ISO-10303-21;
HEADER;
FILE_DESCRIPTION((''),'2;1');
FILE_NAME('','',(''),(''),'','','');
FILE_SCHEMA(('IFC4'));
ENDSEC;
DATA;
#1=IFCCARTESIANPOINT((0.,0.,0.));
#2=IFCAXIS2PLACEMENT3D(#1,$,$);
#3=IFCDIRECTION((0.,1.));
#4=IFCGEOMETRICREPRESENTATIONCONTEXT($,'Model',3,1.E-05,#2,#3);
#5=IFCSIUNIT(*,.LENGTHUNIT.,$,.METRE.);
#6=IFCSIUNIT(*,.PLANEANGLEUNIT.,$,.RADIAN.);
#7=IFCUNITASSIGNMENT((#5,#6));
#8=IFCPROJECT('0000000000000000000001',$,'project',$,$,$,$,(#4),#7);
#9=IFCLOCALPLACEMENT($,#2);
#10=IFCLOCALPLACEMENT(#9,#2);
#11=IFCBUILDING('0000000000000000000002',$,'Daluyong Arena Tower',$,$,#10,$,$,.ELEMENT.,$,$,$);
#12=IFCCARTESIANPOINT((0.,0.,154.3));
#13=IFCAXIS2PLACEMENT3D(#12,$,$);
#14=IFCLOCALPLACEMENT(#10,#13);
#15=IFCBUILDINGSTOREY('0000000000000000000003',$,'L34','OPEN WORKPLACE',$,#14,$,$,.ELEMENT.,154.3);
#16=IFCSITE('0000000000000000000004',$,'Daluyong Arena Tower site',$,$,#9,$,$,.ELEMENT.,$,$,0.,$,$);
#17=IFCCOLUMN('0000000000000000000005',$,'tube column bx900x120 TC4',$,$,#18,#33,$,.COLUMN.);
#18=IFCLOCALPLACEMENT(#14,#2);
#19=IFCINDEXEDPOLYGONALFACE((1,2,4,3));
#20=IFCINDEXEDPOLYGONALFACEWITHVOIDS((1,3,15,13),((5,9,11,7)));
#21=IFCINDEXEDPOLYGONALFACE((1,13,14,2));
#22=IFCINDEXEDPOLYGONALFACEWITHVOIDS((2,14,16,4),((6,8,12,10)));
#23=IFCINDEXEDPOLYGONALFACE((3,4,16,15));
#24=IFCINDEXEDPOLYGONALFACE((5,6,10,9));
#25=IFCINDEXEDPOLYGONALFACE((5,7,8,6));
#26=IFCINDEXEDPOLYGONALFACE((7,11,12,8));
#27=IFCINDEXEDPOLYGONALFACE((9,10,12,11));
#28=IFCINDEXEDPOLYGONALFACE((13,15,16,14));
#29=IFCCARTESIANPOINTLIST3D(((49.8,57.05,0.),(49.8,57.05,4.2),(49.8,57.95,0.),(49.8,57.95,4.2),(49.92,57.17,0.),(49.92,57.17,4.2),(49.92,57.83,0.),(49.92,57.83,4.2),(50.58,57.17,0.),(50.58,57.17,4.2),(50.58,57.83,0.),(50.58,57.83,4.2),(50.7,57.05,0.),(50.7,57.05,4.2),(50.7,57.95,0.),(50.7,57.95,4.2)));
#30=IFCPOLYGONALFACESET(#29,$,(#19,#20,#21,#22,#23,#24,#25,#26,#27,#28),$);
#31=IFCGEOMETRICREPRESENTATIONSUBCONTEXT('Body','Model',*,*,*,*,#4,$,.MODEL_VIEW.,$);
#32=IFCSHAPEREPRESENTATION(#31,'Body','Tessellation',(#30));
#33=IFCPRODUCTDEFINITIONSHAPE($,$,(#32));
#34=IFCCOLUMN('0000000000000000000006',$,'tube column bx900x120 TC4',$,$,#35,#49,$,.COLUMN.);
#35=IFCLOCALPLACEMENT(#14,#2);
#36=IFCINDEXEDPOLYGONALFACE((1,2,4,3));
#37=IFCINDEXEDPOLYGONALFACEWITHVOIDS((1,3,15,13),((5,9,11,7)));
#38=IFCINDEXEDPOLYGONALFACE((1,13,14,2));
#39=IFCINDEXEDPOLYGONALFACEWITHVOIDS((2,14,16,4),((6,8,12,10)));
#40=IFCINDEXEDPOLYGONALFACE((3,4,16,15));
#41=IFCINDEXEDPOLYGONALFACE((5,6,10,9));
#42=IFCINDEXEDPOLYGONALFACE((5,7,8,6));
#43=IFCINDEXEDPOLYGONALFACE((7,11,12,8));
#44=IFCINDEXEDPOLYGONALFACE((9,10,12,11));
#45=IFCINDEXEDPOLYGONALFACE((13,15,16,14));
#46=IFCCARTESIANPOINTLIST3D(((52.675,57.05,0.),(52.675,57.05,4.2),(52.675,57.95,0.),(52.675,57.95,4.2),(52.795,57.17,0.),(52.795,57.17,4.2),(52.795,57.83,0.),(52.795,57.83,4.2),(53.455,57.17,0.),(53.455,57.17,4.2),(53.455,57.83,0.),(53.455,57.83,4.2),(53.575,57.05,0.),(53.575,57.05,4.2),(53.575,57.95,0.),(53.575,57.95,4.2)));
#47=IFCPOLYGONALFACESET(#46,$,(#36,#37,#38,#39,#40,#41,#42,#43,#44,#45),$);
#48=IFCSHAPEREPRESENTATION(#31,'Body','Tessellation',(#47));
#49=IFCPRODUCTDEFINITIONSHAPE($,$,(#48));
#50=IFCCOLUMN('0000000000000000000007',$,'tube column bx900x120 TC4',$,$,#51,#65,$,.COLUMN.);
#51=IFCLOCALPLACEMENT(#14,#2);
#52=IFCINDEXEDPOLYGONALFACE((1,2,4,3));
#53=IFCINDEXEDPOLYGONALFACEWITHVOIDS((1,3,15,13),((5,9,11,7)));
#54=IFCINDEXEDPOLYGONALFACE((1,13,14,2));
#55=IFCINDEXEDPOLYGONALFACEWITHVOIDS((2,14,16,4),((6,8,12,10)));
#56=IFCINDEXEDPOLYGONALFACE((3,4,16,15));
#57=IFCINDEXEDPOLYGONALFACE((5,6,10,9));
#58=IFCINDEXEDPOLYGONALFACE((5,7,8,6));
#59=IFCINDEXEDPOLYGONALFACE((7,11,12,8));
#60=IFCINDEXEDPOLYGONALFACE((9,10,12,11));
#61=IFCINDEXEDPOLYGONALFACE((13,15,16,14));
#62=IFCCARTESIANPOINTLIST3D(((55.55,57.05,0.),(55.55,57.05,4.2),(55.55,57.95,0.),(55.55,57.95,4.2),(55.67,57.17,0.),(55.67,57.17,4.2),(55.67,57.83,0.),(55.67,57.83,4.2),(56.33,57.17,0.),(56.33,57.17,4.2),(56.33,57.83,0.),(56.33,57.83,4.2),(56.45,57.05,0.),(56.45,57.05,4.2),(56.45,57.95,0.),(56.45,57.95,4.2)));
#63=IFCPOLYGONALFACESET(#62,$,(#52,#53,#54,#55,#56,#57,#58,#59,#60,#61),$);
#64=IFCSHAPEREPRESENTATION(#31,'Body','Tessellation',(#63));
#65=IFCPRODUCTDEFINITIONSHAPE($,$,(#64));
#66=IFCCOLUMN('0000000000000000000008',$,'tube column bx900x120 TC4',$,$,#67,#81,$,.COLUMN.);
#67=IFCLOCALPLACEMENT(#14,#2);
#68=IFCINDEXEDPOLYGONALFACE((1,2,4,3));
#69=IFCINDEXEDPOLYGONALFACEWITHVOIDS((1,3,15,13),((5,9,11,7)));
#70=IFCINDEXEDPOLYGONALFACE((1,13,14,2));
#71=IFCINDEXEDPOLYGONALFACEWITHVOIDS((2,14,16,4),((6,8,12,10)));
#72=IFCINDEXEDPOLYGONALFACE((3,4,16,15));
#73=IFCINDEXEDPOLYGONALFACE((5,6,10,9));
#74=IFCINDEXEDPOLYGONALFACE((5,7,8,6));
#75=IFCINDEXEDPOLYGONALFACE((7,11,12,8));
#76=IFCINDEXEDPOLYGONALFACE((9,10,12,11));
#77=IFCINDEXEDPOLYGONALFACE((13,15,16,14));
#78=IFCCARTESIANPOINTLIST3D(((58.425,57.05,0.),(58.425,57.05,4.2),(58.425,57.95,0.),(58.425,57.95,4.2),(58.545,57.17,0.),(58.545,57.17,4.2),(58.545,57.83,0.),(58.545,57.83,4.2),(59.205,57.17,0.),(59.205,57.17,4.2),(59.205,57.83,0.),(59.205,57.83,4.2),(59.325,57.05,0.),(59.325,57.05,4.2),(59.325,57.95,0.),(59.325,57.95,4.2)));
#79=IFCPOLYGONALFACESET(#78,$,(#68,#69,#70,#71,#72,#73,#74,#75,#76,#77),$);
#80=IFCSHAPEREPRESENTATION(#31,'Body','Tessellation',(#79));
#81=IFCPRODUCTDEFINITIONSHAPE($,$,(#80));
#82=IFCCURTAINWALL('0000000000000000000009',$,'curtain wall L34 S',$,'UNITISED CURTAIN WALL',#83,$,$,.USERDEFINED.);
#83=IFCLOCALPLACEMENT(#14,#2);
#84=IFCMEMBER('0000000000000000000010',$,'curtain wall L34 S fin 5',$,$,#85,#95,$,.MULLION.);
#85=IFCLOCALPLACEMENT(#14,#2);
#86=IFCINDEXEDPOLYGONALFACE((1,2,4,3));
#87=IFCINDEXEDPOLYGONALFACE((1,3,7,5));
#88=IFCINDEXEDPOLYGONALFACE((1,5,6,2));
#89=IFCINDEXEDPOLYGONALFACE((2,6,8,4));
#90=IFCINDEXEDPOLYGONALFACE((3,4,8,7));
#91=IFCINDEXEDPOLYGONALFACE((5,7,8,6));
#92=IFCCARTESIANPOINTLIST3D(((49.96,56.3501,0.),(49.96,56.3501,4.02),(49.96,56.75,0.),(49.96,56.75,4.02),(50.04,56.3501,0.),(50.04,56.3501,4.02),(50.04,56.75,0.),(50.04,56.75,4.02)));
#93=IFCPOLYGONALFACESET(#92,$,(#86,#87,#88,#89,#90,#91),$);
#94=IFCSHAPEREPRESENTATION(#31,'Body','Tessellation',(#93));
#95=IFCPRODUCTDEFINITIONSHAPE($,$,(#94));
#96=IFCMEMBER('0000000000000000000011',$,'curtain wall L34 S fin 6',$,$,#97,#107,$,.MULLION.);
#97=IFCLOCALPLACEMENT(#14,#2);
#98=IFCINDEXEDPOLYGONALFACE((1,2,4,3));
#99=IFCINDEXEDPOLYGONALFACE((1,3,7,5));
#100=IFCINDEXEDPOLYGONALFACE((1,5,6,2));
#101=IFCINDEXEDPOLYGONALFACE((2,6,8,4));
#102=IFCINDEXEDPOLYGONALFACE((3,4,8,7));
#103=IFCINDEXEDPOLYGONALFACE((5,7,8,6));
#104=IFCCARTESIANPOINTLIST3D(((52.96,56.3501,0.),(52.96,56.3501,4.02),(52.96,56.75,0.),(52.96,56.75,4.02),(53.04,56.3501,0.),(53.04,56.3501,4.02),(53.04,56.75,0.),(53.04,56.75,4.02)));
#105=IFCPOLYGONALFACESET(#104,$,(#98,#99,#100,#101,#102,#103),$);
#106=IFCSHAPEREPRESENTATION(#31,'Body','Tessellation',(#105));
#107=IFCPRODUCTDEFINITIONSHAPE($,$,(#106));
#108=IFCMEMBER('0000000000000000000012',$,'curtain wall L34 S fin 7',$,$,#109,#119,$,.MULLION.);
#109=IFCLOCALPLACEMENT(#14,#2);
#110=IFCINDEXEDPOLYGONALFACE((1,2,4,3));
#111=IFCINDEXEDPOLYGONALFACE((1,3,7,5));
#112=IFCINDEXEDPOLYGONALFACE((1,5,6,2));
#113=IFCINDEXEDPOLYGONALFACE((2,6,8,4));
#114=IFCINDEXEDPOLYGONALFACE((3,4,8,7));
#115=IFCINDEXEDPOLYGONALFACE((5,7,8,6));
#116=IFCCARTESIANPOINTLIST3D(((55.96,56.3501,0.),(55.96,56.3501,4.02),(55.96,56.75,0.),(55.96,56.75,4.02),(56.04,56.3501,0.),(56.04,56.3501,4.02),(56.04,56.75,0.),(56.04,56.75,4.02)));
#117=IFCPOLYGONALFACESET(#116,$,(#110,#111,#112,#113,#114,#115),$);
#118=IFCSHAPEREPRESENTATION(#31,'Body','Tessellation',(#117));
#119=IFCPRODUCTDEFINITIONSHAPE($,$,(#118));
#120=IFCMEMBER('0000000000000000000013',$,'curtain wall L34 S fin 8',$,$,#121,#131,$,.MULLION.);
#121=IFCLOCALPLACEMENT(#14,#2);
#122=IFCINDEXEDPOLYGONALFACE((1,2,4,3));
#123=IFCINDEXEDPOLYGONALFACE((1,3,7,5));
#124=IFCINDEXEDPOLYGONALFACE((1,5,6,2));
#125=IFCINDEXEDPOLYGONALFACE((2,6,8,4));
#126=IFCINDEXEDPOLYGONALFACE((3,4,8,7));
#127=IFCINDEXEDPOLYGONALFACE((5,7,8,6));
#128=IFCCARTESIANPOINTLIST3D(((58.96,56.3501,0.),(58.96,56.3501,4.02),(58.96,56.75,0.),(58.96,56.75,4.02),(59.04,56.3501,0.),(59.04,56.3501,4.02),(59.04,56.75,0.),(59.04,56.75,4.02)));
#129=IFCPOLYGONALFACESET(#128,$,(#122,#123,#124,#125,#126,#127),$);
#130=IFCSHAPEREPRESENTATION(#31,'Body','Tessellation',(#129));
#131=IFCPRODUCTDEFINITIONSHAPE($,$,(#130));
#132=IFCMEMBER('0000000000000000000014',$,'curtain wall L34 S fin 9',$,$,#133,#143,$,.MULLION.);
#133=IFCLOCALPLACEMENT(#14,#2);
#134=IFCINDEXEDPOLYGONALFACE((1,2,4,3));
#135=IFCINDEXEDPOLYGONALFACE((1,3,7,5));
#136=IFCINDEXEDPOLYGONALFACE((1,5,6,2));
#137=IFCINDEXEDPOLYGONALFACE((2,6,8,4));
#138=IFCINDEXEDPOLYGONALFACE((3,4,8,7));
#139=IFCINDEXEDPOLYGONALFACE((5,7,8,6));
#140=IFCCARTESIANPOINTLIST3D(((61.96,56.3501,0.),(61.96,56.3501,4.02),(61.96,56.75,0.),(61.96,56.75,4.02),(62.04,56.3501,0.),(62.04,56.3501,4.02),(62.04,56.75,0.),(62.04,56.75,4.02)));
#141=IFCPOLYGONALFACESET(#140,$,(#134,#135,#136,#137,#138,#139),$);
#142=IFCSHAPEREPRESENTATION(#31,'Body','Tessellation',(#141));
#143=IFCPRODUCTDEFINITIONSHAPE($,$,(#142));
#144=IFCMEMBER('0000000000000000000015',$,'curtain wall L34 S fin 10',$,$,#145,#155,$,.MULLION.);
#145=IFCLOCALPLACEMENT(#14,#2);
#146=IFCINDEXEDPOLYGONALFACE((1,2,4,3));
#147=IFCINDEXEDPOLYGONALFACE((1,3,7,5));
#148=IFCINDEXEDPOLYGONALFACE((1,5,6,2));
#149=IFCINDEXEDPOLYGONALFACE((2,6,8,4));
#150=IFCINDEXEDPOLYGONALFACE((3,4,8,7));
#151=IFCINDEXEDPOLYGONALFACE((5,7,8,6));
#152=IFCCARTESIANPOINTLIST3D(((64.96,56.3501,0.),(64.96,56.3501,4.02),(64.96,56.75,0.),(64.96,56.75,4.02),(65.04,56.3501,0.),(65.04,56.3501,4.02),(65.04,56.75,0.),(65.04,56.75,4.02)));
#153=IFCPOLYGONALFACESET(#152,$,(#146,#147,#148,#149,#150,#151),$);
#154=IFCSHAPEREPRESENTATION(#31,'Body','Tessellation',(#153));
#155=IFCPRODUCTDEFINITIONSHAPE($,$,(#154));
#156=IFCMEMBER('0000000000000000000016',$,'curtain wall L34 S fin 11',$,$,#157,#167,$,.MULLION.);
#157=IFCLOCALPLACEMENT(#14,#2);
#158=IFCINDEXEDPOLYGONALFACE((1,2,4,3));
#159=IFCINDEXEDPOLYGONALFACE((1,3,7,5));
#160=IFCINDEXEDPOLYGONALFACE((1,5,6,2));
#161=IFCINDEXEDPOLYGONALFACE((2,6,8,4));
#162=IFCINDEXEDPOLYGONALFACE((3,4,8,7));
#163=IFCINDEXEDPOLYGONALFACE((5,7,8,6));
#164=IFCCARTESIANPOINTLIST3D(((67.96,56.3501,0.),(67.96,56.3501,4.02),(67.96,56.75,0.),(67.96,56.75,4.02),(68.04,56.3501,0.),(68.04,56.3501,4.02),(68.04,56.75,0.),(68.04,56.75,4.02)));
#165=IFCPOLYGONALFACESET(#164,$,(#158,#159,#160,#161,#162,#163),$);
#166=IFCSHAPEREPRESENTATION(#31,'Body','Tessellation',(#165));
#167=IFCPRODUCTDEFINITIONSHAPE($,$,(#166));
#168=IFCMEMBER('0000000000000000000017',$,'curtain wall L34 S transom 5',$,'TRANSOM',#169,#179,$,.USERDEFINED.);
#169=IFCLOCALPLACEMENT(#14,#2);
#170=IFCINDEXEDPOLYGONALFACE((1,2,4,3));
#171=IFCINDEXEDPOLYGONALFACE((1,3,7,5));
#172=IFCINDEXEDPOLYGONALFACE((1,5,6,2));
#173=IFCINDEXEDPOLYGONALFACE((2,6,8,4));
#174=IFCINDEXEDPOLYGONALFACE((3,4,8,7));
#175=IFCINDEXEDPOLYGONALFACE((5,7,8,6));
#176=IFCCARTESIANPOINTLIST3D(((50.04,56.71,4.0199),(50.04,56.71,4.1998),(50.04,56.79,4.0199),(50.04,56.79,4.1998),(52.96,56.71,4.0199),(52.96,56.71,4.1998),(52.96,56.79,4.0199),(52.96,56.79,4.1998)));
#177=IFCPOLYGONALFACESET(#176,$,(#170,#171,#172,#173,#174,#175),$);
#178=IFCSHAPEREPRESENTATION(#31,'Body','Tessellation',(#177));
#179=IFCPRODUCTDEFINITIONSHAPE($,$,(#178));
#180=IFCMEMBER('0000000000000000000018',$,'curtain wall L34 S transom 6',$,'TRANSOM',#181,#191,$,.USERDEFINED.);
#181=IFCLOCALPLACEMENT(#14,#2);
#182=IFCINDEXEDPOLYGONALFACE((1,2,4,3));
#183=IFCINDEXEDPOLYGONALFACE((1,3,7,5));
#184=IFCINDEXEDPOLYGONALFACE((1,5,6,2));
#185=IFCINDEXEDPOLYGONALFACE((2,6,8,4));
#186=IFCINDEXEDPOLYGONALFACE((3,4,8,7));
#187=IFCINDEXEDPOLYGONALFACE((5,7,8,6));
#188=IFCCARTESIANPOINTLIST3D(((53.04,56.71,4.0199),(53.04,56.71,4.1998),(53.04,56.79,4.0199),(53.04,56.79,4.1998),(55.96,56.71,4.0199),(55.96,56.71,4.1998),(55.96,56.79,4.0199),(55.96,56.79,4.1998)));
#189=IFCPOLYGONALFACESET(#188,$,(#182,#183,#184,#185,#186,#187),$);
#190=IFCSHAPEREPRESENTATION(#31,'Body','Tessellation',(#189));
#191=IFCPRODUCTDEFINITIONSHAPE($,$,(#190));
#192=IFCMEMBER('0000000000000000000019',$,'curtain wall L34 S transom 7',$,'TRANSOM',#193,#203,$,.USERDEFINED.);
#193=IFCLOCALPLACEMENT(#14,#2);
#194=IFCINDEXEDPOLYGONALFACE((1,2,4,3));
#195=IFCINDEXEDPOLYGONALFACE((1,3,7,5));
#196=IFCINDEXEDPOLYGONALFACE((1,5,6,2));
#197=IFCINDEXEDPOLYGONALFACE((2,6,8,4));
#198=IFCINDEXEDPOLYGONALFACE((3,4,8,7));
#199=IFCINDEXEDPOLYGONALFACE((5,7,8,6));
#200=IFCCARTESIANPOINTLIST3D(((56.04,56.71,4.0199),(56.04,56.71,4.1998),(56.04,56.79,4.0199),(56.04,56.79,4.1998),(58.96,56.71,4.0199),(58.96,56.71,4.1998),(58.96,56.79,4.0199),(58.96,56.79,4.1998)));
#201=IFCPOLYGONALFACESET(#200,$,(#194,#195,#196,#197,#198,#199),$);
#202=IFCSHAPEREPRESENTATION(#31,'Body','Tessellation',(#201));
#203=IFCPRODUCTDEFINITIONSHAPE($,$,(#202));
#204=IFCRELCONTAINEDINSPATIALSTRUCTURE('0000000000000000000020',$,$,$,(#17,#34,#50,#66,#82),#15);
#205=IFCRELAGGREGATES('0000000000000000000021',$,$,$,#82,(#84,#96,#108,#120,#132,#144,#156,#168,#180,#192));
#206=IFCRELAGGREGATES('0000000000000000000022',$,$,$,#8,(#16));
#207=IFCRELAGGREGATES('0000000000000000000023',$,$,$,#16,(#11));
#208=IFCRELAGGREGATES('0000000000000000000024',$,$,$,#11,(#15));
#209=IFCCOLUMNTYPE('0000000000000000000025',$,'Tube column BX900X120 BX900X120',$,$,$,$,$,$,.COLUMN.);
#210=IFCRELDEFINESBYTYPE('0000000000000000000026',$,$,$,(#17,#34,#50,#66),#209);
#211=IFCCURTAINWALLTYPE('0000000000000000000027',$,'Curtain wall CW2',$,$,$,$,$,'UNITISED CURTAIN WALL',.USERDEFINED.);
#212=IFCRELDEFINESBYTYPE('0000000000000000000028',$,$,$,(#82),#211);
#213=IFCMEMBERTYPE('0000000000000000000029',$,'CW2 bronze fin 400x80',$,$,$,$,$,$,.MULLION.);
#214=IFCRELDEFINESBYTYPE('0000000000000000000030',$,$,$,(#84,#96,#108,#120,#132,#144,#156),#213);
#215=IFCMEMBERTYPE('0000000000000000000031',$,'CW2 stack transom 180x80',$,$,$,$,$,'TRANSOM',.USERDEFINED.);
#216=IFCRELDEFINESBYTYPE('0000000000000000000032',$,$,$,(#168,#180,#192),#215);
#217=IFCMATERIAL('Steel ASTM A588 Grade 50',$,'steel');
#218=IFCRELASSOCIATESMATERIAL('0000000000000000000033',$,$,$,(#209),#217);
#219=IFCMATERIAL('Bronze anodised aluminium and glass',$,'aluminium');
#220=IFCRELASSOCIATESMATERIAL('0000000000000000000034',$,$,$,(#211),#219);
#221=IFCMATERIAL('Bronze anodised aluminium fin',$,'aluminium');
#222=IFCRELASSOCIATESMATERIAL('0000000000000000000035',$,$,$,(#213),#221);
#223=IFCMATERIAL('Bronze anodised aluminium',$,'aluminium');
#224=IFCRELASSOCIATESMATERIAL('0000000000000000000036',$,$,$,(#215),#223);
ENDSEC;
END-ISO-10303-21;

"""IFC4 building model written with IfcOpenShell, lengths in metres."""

from ifc_helpers import new_model, si_unit, direction, frame, origin, origin_2d, place, context, subcontext, project, spatial, rectangle, hollow_rectangle, extrude, material, material_profile, profile_set, type_object, element, aggregate, save


model = new_model("IFC4")

# Units and contexts
model_context = context("Model", 3, precision=1e-05, world=origin(), true_north=direction((0.0, 1.0)))
body_context = subcontext(model_context, "Body", "Model", "MODEL_VIEW")
ifc_project = project(units=[si_unit("LENGTHUNIT", "METRE"), si_unit("PLANEANGLEUNIT", "RADIAN")], contexts=[model_context])

# Site, building, storey
site_placement = place(None, origin())
site = spatial("IfcSite", under=ifc_project, at=site_placement, Name="Daluyong Arena Tower site", CompositionType="ELEMENT", RefElevation=0.0)
building_placement = place(site_placement, origin())
building = spatial("IfcBuilding", under=site, at=building_placement, Name="Daluyong Arena Tower", CompositionType="ELEMENT")
storey_placement = place(building_placement, frame((0.0, 0.0, 154.3)))
storey = spatial("IfcBuildingStorey", under=building, at=storey_placement, Name="L34", Description="OPEN WORKPLACE", CompositionType="ELEMENT", Elevation=154.3)

# Columns
ifc_material_1 = material(Name="Steel ASTM A588 Grade 50", Category="steel")
ifc_material_profile_1 = material_profile(ifc_material_1, hollow_rectangle(XDim=0.8999, YDim=0.8999, WallThickness=0.12, at=origin_2d()))
ifc_profile_set_1 = profile_set([ifc_material_profile_1], Name="Steel ASTM A588 Grade 50")
column_type = type_object("IfcColumnType", Name="Tube column BX900X120 BX900X120", PredefinedType="COLUMN", material=ifc_profile_set_1)
for number, where, z_axis, x_axis, name in (
    (1, (50.25, 57.5, 0.0), (0.0, 0.0, 1.0), (1.0, 0.0, 0.0), "tube column bx900x120 TC4"),
    (2, (53.125, 57.5, 0.0), (0.0, 0.0, 1.0), (1.0, 0.0, 0.0), "tube column bx900x120 TC4"),
    (3, (56.0, 57.5, 0.0), (0.0, 0.0, 1.0), (1.0, 0.0, 0.0), "tube column bx900x120 TC4"),
    (4, (58.875, 57.5, 0.0), (0.0, 0.0, 1.0), (1.0, 0.0, 0.0), "tube column bx900x120 TC4"),
):
    element("IfcColumn", number, at=place(storey_placement, frame(where, z_axis=z_axis, x_axis=x_axis)), inside=storey, type_object=column_type, Name=name, PredefinedType="COLUMN", context=body_context, shape_type="SweptSolid", body=[
        extrude(hollow_rectangle(XDim=0.8999, YDim=0.8999, WallThickness=0.12, at=origin_2d()), origin(), (0.0, 0.0, 1.0), 4.2),
    ])

# Curtain wall, members
ifc_material_2 = material(Name="Bronze anodised aluminium and glass", Category="aluminium")
curtain_wall_type = type_object("IfcCurtainWallType", Name="Curtain wall CW2", ElementType="UNITISED CURTAIN WALL", PredefinedType="USERDEFINED", material=ifc_material_2)
curtain_wall_placement = place(storey_placement, origin())
curtain_wall = element("IfcCurtainWall", 5, at=curtain_wall_placement, inside=storey, type_object=curtain_wall_type, Name="curtain wall L34 S", ObjectType="UNITISED CURTAIN WALL", PredefinedType="USERDEFINED")
ifc_material_3 = material(Name="Bronze anodised aluminium fin", Category="aluminium")
ifc_material_profile_2 = material_profile(ifc_material_3, rectangle(XDim=0.3999, YDim=0.0801, at=origin_2d()))
ifc_profile_set_2 = profile_set([ifc_material_profile_2], Name="Bronze anodised aluminium fin")
member_type_1 = type_object("IfcMemberType", Name="CW2 bronze fin 400x80", PredefinedType="MULLION", material=ifc_profile_set_2)
member_1_placement = place(storey_placement, frame((50.0, 56.55, 0.0), z_axis=(0.0, 0.0, 1.0), x_axis=(0.0, 1.0, 0.0)))
member_1 = element("IfcMember", 6, at=member_1_placement, type_object=member_type_1, Name="curtain wall L34 S fin 5", PredefinedType="MULLION", context=body_context, shape_type="SweptSolid", body=[
    extrude(rectangle(XDim=0.3999, YDim=0.0801, at=origin_2d()), origin(), (0.0, 0.0, 1.0), 4.02),
])
member_2_placement = place(storey_placement, frame((53.0, 56.55, 0.0), z_axis=(0.0, 0.0, 1.0), x_axis=(0.0, 1.0, 0.0)))
member_2 = element("IfcMember", 7, at=member_2_placement, type_object=member_type_1, Name="curtain wall L34 S fin 6", PredefinedType="MULLION", context=body_context, shape_type="SweptSolid", body=[
    extrude(rectangle(XDim=0.3999, YDim=0.0801, at=origin_2d()), origin(), (0.0, 0.0, 1.0), 4.02),
])
member_3_placement = place(storey_placement, frame((56.0, 56.55, 0.0), z_axis=(0.0, 0.0, 1.0), x_axis=(0.0, 1.0, 0.0)))
member_3 = element("IfcMember", 8, at=member_3_placement, type_object=member_type_1, Name="curtain wall L34 S fin 7", PredefinedType="MULLION", context=body_context, shape_type="SweptSolid", body=[
    extrude(rectangle(XDim=0.3999, YDim=0.0801, at=origin_2d()), origin(), (0.0, 0.0, 1.0), 4.02),
])
member_4_placement = place(storey_placement, frame((59.0, 56.55, 0.0), z_axis=(0.0, 0.0, 1.0), x_axis=(0.0, 1.0, 0.0)))
member_4 = element("IfcMember", 9, at=member_4_placement, type_object=member_type_1, Name="curtain wall L34 S fin 8", PredefinedType="MULLION", context=body_context, shape_type="SweptSolid", body=[
    extrude(rectangle(XDim=0.3999, YDim=0.0801, at=origin_2d()), origin(), (0.0, 0.0, 1.0), 4.02),
])
member_5_placement = place(storey_placement, frame((62.0, 56.55, 0.0), z_axis=(0.0, 0.0, 1.0), x_axis=(0.0, 1.0, 0.0)))
member_5 = element("IfcMember", 10, at=member_5_placement, type_object=member_type_1, Name="curtain wall L34 S fin 9", PredefinedType="MULLION", context=body_context, shape_type="SweptSolid", body=[
    extrude(rectangle(XDim=0.3999, YDim=0.0801, at=origin_2d()), origin(), (0.0, 0.0, 1.0), 4.02),
])
member_6_placement = place(storey_placement, frame((65.0, 56.55, 0.0), z_axis=(0.0, 0.0, 1.0), x_axis=(0.0, 1.0, 0.0)))
member_6 = element("IfcMember", 11, at=member_6_placement, type_object=member_type_1, Name="curtain wall L34 S fin 10", PredefinedType="MULLION", context=body_context, shape_type="SweptSolid", body=[
    extrude(rectangle(XDim=0.3999, YDim=0.0801, at=origin_2d()), origin(), (0.0, 0.0, 1.0), 4.02),
])
member_7_placement = place(storey_placement, frame((68.0, 56.55, 0.0), z_axis=(0.0, 0.0, 1.0), x_axis=(0.0, 1.0, 0.0)))
member_7 = element("IfcMember", 12, at=member_7_placement, type_object=member_type_1, Name="curtain wall L34 S fin 11", PredefinedType="MULLION", context=body_context, shape_type="SweptSolid", body=[
    extrude(rectangle(XDim=0.3999, YDim=0.0801, at=origin_2d()), origin(), (0.0, 0.0, 1.0), 4.02),
])
ifc_material_4 = material(Name="Bronze anodised aluminium", Category="aluminium")
ifc_material_profile_3 = material_profile(ifc_material_4, rectangle(XDim=0.0801, YDim=0.1799, at=origin_2d()))
ifc_profile_set_3 = profile_set([ifc_material_profile_3], Name="Bronze anodised aluminium")
member_type_2 = type_object("IfcMemberType", Name="CW2 stack transom 180x80", ElementType="TRANSOM", PredefinedType="USERDEFINED", material=ifc_profile_set_3)
member_8_placement = place(storey_placement, frame((50.04, 56.75, 4.1099), z_axis=(1.0, 0.0, 0.0), x_axis=(0.0, 1.0, 0.0)))
member_8 = element("IfcMember", 13, at=member_8_placement, type_object=member_type_2, Name="curtain wall L34 S transom 5", ObjectType="TRANSOM", PredefinedType="USERDEFINED", context=body_context, shape_type="SweptSolid", body=[
    extrude(rectangle(XDim=0.0801, YDim=0.1799, at=origin_2d()), origin(), (0.0, 0.0, 1.0), 2.9199),
])
member_9_placement = place(storey_placement, frame((53.04, 56.75, 4.1099), z_axis=(1.0, 0.0, 0.0), x_axis=(0.0, 1.0, 0.0)))
member_9 = element("IfcMember", 14, at=member_9_placement, type_object=member_type_2, Name="curtain wall L34 S transom 6", ObjectType="TRANSOM", PredefinedType="USERDEFINED", context=body_context, shape_type="SweptSolid", body=[
    extrude(rectangle(XDim=0.0801, YDim=0.1799, at=origin_2d()), origin(), (0.0, 0.0, 1.0), 2.9199),
])
member_10_placement = place(storey_placement, frame((56.04, 56.75, 4.1099), z_axis=(1.0, 0.0, 0.0), x_axis=(0.0, 1.0, 0.0)))
member_10 = element("IfcMember", 15, at=member_10_placement, type_object=member_type_2, Name="curtain wall L34 S transom 7", ObjectType="TRANSOM", PredefinedType="USERDEFINED", context=body_context, shape_type="SweptSolid", body=[
    extrude(rectangle(XDim=0.0801, YDim=0.1799, at=origin_2d()), origin(), (0.0, 0.0, 1.0), 2.9199),
])

aggregate(curtain_wall, [member_1, member_2, member_3, member_4, member_5, member_6, member_7, member_8, member_9, member_10])

save(model, "model.ifc")
